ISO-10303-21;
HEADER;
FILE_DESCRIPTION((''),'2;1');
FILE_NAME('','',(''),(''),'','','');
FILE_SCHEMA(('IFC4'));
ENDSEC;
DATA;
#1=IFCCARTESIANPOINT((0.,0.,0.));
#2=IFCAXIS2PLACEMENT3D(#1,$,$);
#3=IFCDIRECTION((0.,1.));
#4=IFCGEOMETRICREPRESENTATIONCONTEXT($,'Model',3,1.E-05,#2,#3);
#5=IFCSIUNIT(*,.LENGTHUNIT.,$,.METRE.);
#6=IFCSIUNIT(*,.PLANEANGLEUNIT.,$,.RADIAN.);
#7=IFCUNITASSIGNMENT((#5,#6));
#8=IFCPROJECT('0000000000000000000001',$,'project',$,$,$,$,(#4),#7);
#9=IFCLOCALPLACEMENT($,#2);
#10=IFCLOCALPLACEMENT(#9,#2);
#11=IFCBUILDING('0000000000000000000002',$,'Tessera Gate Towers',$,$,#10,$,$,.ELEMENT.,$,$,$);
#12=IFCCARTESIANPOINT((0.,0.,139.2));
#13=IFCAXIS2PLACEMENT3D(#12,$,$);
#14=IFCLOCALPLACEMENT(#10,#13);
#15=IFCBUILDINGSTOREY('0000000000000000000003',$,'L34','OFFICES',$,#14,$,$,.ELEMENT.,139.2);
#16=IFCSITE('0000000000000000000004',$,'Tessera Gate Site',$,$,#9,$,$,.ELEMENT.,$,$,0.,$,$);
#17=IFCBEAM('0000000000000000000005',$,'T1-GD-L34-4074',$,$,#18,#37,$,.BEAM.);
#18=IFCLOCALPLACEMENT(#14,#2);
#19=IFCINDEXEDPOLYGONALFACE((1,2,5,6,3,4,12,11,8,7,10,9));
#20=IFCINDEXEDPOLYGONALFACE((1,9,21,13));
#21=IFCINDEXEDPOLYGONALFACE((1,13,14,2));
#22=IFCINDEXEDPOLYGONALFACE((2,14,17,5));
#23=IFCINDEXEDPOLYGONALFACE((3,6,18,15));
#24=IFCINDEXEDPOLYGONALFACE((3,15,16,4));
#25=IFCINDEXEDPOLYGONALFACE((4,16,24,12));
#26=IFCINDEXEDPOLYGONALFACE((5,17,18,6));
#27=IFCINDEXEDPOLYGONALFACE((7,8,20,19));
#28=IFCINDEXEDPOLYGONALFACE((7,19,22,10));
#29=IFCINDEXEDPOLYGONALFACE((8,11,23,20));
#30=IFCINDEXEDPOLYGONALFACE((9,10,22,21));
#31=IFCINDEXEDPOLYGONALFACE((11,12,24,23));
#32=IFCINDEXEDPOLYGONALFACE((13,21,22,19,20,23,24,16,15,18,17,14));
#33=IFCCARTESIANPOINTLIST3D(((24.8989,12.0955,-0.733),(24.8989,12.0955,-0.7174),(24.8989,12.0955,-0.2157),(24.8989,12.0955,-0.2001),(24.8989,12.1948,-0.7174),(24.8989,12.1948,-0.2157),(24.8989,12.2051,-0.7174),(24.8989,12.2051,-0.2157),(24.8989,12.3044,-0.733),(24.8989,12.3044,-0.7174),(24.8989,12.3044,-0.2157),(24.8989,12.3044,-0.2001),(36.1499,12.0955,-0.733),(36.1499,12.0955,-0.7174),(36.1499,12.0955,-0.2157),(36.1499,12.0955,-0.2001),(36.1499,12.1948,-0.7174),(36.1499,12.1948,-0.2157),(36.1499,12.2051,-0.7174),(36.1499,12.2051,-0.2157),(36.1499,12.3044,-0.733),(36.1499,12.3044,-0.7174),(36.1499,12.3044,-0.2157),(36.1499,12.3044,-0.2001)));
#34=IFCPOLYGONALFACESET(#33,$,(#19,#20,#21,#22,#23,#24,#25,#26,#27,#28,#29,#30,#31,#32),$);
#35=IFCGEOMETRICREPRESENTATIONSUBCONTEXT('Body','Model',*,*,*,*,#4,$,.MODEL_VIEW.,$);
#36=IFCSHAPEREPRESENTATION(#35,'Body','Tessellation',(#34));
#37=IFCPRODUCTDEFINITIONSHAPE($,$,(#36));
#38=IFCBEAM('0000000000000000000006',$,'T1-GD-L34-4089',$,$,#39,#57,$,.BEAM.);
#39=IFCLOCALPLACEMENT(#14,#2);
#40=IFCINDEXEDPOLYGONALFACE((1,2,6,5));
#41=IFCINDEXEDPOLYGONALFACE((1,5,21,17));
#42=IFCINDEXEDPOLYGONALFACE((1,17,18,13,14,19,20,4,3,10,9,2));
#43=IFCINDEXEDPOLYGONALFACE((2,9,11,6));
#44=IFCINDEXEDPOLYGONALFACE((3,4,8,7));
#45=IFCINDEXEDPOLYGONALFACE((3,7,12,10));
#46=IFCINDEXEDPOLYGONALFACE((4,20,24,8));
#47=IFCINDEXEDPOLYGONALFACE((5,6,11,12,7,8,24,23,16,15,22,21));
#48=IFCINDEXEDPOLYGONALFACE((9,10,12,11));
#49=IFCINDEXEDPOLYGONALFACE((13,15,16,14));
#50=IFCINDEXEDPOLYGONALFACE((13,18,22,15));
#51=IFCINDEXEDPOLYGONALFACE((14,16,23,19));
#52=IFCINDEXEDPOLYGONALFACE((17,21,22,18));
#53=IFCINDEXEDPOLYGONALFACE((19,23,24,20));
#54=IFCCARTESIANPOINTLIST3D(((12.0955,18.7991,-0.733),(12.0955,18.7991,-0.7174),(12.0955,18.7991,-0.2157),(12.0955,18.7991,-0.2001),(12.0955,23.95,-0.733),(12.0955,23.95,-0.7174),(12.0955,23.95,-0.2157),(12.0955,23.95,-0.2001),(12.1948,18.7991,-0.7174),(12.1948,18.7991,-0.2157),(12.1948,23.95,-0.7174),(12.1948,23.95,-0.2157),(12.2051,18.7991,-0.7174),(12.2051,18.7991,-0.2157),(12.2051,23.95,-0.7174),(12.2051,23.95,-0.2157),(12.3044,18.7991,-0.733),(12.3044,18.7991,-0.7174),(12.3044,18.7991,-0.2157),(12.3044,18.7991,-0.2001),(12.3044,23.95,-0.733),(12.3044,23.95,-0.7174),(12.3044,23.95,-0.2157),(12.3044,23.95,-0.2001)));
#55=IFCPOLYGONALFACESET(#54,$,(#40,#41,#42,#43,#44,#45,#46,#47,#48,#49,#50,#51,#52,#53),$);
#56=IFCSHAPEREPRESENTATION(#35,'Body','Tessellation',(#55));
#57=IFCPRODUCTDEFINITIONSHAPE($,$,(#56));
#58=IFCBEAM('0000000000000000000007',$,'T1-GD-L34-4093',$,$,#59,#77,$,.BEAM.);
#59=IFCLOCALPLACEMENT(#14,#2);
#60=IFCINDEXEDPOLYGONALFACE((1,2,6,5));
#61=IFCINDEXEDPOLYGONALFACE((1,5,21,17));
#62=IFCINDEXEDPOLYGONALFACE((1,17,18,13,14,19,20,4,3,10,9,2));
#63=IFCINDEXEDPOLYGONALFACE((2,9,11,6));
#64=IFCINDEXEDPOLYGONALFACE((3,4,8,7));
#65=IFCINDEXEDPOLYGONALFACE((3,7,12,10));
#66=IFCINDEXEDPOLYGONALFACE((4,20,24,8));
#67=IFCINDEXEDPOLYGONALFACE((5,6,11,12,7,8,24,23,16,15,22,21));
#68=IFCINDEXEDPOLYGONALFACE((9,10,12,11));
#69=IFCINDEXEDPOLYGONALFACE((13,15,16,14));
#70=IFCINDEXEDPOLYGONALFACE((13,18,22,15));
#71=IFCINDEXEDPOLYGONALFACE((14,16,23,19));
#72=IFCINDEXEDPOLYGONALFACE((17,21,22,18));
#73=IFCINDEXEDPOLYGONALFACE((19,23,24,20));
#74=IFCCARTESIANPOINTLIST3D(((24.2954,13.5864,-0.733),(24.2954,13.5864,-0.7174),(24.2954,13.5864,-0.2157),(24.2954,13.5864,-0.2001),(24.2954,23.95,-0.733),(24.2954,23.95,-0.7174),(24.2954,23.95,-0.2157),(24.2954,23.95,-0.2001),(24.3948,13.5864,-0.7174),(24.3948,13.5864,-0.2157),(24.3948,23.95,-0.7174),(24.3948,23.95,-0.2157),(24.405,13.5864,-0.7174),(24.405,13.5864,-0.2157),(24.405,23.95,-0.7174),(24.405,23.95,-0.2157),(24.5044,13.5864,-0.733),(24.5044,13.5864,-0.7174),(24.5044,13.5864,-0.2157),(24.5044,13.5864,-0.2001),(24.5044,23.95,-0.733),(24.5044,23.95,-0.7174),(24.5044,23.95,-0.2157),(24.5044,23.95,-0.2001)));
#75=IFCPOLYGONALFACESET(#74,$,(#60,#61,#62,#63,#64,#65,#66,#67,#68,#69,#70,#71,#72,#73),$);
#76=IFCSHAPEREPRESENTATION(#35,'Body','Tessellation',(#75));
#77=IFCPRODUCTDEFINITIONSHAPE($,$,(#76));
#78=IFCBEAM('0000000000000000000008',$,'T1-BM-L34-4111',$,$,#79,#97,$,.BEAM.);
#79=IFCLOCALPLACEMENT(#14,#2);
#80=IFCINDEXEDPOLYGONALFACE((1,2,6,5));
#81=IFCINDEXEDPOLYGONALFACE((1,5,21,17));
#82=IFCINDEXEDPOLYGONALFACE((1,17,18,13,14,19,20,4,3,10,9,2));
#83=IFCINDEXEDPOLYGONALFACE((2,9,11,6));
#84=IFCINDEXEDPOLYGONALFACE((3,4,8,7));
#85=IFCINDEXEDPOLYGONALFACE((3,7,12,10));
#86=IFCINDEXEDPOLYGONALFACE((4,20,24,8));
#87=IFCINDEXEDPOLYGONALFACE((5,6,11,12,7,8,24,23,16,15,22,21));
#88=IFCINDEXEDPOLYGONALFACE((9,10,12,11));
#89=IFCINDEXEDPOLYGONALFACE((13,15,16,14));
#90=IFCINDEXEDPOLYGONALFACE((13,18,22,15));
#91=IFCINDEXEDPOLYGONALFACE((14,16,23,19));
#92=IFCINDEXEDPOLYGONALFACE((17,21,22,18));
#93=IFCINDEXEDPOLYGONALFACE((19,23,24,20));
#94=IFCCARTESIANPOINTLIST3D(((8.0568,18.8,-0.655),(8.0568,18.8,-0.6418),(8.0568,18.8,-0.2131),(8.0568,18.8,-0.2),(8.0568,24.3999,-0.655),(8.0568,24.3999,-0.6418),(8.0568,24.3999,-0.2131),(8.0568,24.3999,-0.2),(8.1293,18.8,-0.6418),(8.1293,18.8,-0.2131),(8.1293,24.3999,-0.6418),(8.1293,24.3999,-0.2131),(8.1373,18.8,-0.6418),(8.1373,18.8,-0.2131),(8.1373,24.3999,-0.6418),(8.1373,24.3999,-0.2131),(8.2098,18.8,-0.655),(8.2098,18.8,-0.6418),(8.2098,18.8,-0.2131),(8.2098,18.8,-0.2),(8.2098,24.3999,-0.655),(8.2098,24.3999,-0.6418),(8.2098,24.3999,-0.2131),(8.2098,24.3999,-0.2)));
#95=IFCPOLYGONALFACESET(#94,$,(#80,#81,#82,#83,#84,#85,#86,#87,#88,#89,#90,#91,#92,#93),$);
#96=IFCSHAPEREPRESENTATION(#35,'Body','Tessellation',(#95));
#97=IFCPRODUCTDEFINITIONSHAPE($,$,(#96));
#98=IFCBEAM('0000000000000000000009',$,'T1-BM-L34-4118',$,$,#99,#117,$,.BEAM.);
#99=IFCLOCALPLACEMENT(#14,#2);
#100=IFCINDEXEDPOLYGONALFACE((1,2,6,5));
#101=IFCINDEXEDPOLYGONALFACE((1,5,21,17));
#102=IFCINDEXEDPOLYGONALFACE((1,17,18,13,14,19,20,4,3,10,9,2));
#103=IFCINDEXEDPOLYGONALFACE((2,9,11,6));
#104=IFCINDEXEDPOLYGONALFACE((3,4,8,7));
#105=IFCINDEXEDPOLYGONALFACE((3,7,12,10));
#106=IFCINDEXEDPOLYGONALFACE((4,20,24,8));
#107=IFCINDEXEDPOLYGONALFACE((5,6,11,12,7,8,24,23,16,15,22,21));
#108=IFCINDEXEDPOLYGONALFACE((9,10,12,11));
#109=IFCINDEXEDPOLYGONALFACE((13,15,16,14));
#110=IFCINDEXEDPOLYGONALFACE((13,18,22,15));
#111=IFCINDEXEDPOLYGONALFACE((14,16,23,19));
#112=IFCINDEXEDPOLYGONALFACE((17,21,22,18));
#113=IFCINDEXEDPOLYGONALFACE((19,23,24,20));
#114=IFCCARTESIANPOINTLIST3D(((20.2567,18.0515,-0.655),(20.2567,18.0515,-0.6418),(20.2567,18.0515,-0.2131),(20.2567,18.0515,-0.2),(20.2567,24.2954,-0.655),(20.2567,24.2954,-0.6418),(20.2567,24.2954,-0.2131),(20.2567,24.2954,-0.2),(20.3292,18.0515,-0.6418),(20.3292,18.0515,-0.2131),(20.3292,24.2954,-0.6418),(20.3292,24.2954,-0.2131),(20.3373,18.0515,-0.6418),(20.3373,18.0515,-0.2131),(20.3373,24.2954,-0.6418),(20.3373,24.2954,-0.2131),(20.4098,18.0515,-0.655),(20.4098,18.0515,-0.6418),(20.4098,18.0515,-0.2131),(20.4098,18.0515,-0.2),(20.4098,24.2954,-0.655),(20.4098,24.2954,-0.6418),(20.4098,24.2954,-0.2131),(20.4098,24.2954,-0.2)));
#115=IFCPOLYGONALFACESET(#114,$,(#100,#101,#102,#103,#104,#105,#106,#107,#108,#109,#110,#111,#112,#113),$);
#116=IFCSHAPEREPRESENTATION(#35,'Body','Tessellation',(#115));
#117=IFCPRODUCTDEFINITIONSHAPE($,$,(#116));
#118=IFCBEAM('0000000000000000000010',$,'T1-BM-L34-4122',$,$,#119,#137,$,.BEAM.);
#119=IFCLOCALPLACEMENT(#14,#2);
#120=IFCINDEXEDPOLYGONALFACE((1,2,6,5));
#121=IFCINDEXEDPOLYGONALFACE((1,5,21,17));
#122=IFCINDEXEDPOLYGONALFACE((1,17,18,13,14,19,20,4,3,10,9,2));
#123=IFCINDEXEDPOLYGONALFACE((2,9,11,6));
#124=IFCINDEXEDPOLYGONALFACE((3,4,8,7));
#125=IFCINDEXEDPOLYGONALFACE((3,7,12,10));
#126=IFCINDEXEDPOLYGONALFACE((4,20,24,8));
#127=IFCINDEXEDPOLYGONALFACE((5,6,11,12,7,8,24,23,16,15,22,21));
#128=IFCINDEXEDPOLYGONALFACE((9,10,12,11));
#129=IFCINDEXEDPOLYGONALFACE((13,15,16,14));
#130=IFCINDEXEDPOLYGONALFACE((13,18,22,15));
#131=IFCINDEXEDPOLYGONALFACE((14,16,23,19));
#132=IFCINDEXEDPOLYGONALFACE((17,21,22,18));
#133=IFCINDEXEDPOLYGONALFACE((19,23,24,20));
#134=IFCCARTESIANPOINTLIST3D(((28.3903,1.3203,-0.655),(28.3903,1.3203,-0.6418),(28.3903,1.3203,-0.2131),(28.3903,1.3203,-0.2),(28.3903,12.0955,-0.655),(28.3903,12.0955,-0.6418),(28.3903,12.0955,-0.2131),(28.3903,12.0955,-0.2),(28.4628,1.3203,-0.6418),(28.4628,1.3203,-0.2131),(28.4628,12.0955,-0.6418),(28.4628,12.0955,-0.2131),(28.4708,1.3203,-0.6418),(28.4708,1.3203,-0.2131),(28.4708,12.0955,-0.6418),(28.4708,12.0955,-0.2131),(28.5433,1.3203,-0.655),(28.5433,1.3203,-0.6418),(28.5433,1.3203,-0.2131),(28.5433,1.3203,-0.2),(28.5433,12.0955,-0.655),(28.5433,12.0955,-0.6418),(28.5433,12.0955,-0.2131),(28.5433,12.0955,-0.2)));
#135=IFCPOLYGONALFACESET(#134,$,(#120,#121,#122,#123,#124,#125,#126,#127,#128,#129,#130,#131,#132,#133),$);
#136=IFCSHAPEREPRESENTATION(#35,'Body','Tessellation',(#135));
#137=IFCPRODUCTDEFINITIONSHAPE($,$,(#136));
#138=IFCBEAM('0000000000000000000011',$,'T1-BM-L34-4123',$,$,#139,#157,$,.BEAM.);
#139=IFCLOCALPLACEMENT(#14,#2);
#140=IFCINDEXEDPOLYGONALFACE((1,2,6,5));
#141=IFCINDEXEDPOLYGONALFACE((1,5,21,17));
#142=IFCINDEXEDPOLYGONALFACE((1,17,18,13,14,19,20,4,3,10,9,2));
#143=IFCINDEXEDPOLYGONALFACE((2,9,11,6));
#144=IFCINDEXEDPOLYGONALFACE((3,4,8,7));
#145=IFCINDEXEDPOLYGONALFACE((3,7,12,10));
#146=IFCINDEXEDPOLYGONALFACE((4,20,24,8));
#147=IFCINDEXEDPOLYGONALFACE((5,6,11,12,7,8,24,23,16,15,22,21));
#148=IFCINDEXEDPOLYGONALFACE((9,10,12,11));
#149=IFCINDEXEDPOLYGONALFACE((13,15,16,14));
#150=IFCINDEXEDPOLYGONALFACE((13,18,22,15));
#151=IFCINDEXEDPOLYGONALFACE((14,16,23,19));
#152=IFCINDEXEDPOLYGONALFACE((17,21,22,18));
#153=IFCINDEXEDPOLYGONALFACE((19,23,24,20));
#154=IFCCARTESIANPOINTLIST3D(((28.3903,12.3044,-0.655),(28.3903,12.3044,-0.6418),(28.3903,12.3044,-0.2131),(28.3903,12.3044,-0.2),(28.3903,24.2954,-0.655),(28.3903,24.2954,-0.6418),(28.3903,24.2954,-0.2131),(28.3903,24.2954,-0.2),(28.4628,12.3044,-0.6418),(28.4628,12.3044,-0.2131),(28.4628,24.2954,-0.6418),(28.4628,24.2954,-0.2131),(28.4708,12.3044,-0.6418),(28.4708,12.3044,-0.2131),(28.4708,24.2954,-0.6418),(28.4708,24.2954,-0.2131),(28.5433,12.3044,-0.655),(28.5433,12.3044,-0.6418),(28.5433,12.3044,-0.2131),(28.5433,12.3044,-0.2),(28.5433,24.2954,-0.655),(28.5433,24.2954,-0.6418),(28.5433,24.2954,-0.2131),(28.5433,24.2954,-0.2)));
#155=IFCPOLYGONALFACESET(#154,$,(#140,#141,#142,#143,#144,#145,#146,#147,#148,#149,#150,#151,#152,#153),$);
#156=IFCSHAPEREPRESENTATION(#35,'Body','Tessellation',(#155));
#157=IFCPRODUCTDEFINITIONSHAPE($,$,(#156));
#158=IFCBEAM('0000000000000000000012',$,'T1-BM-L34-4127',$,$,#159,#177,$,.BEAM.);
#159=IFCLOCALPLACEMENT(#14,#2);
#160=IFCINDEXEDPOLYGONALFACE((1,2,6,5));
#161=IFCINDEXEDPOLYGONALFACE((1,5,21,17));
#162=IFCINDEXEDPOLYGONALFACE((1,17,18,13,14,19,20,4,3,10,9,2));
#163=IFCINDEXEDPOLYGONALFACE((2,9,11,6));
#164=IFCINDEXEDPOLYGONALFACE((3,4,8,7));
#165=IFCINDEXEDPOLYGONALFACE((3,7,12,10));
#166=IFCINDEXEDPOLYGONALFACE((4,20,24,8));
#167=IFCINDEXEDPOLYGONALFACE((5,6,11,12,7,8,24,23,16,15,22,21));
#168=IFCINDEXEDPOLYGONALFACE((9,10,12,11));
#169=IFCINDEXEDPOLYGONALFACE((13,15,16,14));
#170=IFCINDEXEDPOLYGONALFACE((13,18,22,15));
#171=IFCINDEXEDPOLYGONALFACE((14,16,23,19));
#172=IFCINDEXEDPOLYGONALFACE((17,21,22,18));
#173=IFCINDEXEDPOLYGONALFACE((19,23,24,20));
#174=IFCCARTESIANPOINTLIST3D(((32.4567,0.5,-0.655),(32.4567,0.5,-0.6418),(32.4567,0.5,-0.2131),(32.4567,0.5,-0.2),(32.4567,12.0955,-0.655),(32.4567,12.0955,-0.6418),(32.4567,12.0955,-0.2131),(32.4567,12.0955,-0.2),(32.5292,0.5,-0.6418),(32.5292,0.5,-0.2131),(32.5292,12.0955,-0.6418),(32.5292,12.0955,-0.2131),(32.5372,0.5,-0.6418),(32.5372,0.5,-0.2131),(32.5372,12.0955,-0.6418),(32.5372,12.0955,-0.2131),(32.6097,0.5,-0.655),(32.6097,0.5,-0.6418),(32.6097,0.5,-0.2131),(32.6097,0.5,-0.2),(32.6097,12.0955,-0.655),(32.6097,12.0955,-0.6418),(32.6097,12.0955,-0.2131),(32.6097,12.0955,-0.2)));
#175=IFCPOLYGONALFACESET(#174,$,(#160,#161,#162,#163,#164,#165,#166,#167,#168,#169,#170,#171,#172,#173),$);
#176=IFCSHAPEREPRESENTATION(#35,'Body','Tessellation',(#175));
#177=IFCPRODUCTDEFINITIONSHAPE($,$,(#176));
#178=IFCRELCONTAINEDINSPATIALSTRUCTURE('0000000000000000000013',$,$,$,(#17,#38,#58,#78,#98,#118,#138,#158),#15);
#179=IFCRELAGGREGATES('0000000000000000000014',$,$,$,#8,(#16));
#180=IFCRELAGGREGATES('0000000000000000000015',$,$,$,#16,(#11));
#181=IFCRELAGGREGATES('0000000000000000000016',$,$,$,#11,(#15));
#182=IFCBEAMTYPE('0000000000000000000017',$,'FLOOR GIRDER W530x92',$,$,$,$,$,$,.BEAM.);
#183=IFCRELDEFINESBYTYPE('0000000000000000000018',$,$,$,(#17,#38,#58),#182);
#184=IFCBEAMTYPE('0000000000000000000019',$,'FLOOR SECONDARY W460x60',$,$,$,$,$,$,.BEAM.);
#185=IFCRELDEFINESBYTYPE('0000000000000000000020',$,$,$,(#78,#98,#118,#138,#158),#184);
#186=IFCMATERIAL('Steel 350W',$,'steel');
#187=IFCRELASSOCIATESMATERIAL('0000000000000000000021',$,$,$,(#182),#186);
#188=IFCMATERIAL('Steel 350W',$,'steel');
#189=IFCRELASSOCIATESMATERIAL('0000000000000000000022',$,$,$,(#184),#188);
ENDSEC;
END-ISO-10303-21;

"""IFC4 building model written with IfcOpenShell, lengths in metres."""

from ifc_helpers import new_model, si_unit, direction, frame, origin, origin_2d, place, context, subcontext, project, spatial, i_section, extrude, material, material_profile, profile_set, type_object, element, save


model = new_model("IFC4")

# Units and contexts
model_context = context("Model", 3, precision=1e-05, world=origin(), true_north=direction((0.0, 1.0)))
body_context = subcontext(model_context, "Body", "Model", "MODEL_VIEW")
ifc_project = project(units=[si_unit("LENGTHUNIT", "METRE"), si_unit("PLANEANGLEUNIT", "RADIAN")], contexts=[model_context])

# Site, building, storey
site_placement = place(None, origin())
site = spatial("IfcSite", under=ifc_project, at=site_placement, Name="Tessera Gate Site", CompositionType="ELEMENT", RefElevation=0.0)
building_placement = place(site_placement, origin())
building = spatial("IfcBuilding", under=site, at=building_placement, Name="Tessera Gate Towers", CompositionType="ELEMENT")
storey_placement = place(building_placement, frame((0.0, 0.0, 139.2)))
storey = spatial("IfcBuildingStorey", under=building, at=storey_placement, Name="L34", Description="OFFICES", CompositionType="ELEMENT", Elevation=139.2)

# Beams
ifc_material_1 = material(Name="Steel 350W", Category="steel")
ifc_material_profile_1 = material_profile(ifc_material_1, i_section(OverallWidth=0.209, OverallDepth=0.533, WebThickness=0.0103, FlangeThickness=0.0156, at=origin_2d()), Name="W530x92")
ifc_profile_set_1 = profile_set([ifc_material_profile_1], Name="Steel 350W")
beam_type_1 = type_object("IfcBeamType", Name="FLOOR GIRDER W530x92", PredefinedType="BEAM", material=ifc_profile_set_1)
beam_1_placement = place(storey_placement, frame((24.8989, 12.2, -0.4666), z_axis=(1.0, 0.0, 0.0), x_axis=(0.0, 1.0, 0.0)))
element("IfcBeam", 1, at=beam_1_placement, inside=storey, type_object=beam_type_1, Name="T1-GD-L34-4074", PredefinedType="BEAM", context=body_context, shape_type="SweptSolid", body=[
    extrude(i_section(OverallWidth=0.209, OverallDepth=0.533, WebThickness=0.0103, FlangeThickness=0.0156, at=origin_2d()), origin(), (0.0, 0.0, 1.0), 11.251),
])
beam_2_placement = place(storey_placement, frame((12.2, 18.7991, -0.4666), z_axis=(0.0, 1.0, 0.0), x_axis=(-1.0, 0.0, 0.0)))
element("IfcBeam", 2, at=beam_2_placement, inside=storey, type_object=beam_type_1, Name="T1-GD-L34-4089", PredefinedType="BEAM", context=body_context, shape_type="SweptSolid", body=[
    extrude(i_section(OverallWidth=0.209, OverallDepth=0.533, WebThickness=0.0103, FlangeThickness=0.0156, at=origin_2d()), origin(), (0.0, 0.0, 1.0), 5.1509),
])
beam_3_placement = place(storey_placement, frame((24.3999, 13.5864, -0.4666), z_axis=(0.0, 1.0, 0.0), x_axis=(-1.0, 0.0, 0.0)))
element("IfcBeam", 3, at=beam_3_placement, inside=storey, type_object=beam_type_1, Name="T1-GD-L34-4093", PredefinedType="BEAM", context=body_context, shape_type="SweptSolid", body=[
    extrude(i_section(OverallWidth=0.209, OverallDepth=0.533, WebThickness=0.0103, FlangeThickness=0.0156, at=origin_2d()), origin(), (0.0, 0.0, 1.0), 10.3635),
])
ifc_material_2 = material(Name="Steel 350W", Category="steel")
ifc_material_profile_2 = material_profile(ifc_material_2, i_section(OverallWidth=0.1531, OverallDepth=0.4551, WebThickness=0.0081, FlangeThickness=0.0132, at=origin_2d()), Name="W460x60")
ifc_profile_set_2 = profile_set([ifc_material_profile_2], Name="Steel 350W")
beam_type_2 = type_object("IfcBeamType", Name="FLOOR SECONDARY W460x60", PredefinedType="BEAM", material=ifc_profile_set_2)
beam_4_placement = place(storey_placement, frame((8.1333, 18.8, -0.4275), z_axis=(0.0, 1.0, 0.0), x_axis=(-1.0, 0.0, 0.0)))
element("IfcBeam", 4, at=beam_4_placement, inside=storey, type_object=beam_type_2, Name="T1-BM-L34-4111", PredefinedType="BEAM", context=body_context, shape_type="SweptSolid", body=[
    extrude(i_section(OverallWidth=0.1531, OverallDepth=0.4551, WebThickness=0.0081, FlangeThickness=0.0132, at=origin_2d()), origin(), (0.0, 0.0, 1.0), 5.5999),
])
beam_5_placement = place(storey_placement, frame((20.3333, 18.0515, -0.4275), z_axis=(0.0, 1.0, 0.0), x_axis=(-1.0, 0.0, 0.0)))
element("IfcBeam", 5, at=beam_5_placement, inside=storey, type_object=beam_type_2, Name="T1-BM-L34-4118", PredefinedType="BEAM", context=body_context, shape_type="SweptSolid", body=[
    extrude(i_section(OverallWidth=0.1531, OverallDepth=0.4551, WebThickness=0.0081, FlangeThickness=0.0132, at=origin_2d()), origin(), (0.0, 0.0, 1.0), 6.2439),
])
beam_6_placement = place(storey_placement, frame((28.4668, 1.3203, -0.4275), z_axis=(0.0, 1.0, 0.0), x_axis=(-1.0, 0.0, 0.0)))
element("IfcBeam", 6, at=beam_6_placement, inside=storey, type_object=beam_type_2, Name="T1-BM-L34-4122", PredefinedType="BEAM", context=body_context, shape_type="SweptSolid", body=[
    extrude(i_section(OverallWidth=0.1531, OverallDepth=0.4551, WebThickness=0.0081, FlangeThickness=0.0132, at=origin_2d()), origin(), (0.0, 0.0, 1.0), 10.7751),
])
beam_7_placement = place(storey_placement, frame((28.4668, 12.3044, -0.4275), z_axis=(0.0, 1.0, 0.0), x_axis=(-1.0, 0.0, 0.0)))
element("IfcBeam", 7, at=beam_7_placement, inside=storey, type_object=beam_type_2, Name="T1-BM-L34-4123", PredefinedType="BEAM", context=body_context, shape_type="SweptSolid", body=[
    extrude(i_section(OverallWidth=0.1531, OverallDepth=0.4551, WebThickness=0.0081, FlangeThickness=0.0132, at=origin_2d()), origin(), (0.0, 0.0, 1.0), 11.991),
])
beam_8_placement = place(storey_placement, frame((32.5332, 0.5, -0.4275), z_axis=(0.0, 1.0, 0.0), x_axis=(-1.0, 0.0, 0.0)))
element("IfcBeam", 8, at=beam_8_placement, inside=storey, type_object=beam_type_2, Name="T1-BM-L34-4127", PredefinedType="BEAM", context=body_context, shape_type="SweptSolid", body=[
    extrude(i_section(OverallWidth=0.1531, OverallDepth=0.4551, WebThickness=0.0081, FlangeThickness=0.0132, at=origin_2d()), origin(), (0.0, 0.0, 1.0), 11.5955),
])

save(model, "model.ifc")
